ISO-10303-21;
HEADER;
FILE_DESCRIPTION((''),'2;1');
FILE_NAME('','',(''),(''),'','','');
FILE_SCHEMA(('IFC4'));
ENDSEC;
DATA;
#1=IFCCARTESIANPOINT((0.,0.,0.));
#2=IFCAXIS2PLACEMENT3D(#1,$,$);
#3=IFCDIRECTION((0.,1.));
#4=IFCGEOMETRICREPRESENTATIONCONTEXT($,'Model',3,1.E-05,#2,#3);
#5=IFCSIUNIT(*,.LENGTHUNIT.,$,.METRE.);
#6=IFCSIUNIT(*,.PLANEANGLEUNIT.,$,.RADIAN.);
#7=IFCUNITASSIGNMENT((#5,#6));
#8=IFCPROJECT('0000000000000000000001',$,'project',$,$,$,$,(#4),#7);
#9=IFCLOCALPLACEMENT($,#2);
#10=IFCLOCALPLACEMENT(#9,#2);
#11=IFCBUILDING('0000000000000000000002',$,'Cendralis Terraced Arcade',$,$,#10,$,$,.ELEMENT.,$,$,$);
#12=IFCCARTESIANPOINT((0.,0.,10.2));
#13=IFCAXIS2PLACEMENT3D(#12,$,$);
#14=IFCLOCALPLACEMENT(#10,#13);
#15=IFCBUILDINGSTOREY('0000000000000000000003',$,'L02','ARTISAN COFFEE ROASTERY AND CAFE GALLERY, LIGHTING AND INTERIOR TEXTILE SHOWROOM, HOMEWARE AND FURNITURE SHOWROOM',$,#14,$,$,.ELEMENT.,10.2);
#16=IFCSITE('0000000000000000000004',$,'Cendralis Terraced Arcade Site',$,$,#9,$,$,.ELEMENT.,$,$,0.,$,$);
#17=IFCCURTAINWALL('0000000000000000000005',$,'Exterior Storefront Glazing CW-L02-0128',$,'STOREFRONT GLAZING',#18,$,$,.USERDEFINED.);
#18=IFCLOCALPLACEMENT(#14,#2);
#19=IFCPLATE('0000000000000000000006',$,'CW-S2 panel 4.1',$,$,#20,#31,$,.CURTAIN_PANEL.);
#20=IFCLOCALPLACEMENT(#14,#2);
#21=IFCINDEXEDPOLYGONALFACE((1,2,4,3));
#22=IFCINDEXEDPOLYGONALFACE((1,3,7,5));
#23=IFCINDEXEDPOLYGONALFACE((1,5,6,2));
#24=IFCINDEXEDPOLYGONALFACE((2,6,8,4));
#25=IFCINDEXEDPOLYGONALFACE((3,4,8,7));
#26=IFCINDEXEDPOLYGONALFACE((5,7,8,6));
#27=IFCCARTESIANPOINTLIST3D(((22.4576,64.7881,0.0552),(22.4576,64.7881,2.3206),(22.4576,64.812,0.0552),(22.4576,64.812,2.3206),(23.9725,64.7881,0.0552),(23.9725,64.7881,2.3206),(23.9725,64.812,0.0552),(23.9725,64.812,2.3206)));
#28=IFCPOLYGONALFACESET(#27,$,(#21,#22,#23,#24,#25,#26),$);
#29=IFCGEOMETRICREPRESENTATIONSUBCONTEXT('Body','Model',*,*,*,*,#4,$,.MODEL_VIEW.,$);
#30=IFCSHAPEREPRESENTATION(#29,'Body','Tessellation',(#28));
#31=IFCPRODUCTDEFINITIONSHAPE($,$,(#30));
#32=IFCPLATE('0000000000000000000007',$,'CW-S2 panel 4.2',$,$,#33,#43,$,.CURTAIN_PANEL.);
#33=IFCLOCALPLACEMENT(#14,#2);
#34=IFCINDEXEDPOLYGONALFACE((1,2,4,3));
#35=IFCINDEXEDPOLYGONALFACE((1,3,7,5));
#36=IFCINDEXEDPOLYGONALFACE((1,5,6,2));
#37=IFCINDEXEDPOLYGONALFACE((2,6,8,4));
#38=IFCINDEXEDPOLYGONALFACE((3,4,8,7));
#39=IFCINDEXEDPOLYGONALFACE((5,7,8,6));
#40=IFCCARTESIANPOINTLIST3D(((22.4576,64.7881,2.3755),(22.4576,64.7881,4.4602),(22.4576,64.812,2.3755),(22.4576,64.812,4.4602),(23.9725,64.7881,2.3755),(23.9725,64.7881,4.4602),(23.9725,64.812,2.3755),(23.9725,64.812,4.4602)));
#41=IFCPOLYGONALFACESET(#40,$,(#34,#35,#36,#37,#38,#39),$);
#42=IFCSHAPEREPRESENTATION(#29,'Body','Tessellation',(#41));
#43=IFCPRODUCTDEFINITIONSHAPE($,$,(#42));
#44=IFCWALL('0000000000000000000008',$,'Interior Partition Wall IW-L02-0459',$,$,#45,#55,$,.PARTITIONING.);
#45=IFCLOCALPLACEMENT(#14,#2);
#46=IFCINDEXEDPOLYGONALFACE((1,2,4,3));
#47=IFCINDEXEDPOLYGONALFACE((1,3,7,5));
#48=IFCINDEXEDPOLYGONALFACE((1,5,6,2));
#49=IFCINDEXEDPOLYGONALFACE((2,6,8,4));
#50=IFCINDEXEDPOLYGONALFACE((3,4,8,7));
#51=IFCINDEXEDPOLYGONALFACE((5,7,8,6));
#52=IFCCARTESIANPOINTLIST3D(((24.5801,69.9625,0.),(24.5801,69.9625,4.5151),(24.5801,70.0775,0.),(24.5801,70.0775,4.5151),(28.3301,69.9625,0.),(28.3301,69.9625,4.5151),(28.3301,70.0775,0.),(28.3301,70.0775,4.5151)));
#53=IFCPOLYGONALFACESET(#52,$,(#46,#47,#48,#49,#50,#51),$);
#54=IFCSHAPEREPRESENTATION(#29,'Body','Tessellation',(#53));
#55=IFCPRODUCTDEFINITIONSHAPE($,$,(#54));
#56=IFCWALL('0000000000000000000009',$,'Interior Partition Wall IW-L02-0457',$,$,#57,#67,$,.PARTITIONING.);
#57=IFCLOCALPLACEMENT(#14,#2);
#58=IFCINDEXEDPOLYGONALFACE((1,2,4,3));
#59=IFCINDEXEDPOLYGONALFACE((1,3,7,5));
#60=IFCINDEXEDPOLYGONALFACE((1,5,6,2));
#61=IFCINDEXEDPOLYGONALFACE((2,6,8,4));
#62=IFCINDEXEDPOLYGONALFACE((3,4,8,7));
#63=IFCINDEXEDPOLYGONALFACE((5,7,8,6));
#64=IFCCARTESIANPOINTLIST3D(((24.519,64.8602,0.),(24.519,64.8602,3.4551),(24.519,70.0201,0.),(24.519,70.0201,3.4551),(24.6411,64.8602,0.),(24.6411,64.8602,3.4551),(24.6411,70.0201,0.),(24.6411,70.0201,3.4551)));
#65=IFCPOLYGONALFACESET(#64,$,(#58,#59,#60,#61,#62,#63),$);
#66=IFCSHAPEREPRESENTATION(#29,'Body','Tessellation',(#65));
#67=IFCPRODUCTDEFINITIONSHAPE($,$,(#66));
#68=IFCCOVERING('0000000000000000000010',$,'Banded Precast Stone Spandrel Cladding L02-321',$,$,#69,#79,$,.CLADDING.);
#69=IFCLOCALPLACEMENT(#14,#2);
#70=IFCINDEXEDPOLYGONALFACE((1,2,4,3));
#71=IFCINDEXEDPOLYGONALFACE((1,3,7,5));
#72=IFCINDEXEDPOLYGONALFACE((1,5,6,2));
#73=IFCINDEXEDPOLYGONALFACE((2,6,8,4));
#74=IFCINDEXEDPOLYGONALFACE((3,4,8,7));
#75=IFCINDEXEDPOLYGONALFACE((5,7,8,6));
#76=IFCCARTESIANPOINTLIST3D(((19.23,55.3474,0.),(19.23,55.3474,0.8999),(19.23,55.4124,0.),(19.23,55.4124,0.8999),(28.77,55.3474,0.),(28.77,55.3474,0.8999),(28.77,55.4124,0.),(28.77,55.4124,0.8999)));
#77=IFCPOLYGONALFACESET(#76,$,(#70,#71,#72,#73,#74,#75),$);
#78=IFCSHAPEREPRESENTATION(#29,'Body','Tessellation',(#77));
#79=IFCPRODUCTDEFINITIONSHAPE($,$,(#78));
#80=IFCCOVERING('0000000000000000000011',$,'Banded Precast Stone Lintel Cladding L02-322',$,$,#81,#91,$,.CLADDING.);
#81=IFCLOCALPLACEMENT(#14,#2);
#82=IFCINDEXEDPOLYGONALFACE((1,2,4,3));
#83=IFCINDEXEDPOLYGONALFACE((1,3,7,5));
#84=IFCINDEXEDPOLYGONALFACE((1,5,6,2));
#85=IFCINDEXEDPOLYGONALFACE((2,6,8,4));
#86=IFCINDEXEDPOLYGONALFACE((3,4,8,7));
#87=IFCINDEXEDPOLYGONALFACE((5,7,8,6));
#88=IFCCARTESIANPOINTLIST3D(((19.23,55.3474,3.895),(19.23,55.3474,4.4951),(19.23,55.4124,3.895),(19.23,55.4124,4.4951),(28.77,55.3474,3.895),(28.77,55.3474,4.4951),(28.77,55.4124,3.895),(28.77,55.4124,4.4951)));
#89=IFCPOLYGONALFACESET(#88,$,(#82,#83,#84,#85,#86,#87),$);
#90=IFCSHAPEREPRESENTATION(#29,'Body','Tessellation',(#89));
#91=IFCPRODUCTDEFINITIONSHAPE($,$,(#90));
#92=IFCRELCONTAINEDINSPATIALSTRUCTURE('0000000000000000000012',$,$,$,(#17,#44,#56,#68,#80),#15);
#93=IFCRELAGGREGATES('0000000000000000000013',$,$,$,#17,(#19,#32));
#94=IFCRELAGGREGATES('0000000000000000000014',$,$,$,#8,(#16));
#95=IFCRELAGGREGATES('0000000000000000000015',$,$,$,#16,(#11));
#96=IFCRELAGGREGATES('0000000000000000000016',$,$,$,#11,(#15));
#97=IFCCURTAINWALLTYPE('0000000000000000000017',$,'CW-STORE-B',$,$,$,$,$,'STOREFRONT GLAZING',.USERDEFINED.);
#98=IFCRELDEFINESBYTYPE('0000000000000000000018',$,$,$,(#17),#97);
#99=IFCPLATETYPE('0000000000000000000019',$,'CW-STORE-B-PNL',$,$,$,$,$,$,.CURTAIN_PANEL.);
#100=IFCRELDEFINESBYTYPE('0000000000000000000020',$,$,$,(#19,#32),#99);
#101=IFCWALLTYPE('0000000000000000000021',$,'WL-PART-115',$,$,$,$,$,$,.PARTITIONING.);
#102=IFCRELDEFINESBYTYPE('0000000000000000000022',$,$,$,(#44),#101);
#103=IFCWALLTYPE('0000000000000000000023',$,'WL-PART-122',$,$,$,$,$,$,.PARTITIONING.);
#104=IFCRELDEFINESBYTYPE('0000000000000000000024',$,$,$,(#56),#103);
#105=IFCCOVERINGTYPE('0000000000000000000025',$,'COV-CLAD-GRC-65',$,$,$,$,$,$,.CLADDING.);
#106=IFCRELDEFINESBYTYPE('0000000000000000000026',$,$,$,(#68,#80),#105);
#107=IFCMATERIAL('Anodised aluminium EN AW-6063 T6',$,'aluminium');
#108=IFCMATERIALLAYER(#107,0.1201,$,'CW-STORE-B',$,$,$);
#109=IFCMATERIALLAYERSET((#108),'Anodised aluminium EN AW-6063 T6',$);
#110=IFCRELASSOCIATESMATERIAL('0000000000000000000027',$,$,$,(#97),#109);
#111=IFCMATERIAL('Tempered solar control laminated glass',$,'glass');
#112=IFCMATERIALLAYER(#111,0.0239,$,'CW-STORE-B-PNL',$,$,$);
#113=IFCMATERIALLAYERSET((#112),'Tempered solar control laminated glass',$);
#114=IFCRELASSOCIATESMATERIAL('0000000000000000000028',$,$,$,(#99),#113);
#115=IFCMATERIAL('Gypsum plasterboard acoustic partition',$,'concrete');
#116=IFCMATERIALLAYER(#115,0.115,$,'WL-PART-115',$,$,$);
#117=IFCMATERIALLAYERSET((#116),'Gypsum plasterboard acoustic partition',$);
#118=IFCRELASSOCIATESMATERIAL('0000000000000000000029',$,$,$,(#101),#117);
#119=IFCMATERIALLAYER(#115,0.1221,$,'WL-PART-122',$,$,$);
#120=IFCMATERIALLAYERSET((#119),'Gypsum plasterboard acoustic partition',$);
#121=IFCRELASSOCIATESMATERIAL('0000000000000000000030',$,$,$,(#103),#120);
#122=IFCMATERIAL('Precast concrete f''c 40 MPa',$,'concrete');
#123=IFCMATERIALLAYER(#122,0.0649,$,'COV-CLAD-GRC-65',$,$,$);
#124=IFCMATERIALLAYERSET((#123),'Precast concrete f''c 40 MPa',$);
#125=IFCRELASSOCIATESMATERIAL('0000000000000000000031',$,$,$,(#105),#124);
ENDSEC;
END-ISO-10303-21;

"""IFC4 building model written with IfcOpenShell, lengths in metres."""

from ifc_helpers import new_model, si_unit, direction, frame, frame_2d, origin, origin_2d, place, context, subcontext, project, spatial, rectangle, extrude, material, layer, layer_set, type_object, element, aggregate, save


model = new_model("IFC4")

# Units and contexts
model_context = context("Model", 3, precision=1e-05, world=origin(), true_north=direction((0.0, 1.0)))
body_context = subcontext(model_context, "Body", "Model", "MODEL_VIEW")
ifc_project = project(units=[si_unit("LENGTHUNIT", "METRE"), si_unit("PLANEANGLEUNIT", "RADIAN")], contexts=[model_context])

# Site, building, storey
site_placement = place(None, origin())
site = spatial("IfcSite", under=ifc_project, at=site_placement, Name="Cendralis Terraced Arcade Site", CompositionType="ELEMENT", RefElevation=0.0)
building_placement = place(site_placement, origin())
building = spatial("IfcBuilding", under=site, at=building_placement, Name="Cendralis Terraced Arcade", CompositionType="ELEMENT")
storey_placement = place(building_placement, frame((0.0, 0.0, 10.2)))
storey = spatial("IfcBuildingStorey", under=building, at=storey_placement, Name="L02", Description="ARTISAN COFFEE ROASTERY AND CAFE GALLERY, LIGHTING AND INTERIOR TEXTILE SHOWROOM, HOMEWARE AND FURNITURE SHOWROOM", CompositionType="ELEMENT", Elevation=10.2)

# Curtain wall, plates
ifc_material_1 = material(Name="Anodised aluminium EN AW-6063 T6", Category="aluminium")
ifc_layer_1 = layer(ifc_material_1, 0.1201, Name="CW-STORE-B")
ifc_layer_set_1 = layer_set([ifc_layer_1], Name="Anodised aluminium EN AW-6063 T6")
curtain_wall_type = type_object("IfcCurtainWallType", Name="CW-STORE-B", ElementType="STOREFRONT GLAZING", PredefinedType="USERDEFINED", material=ifc_layer_set_1)
curtain_wall_placement = place(storey_placement, origin())
curtain_wall = element("IfcCurtainWall", 1, at=curtain_wall_placement, inside=storey, type_object=curtain_wall_type, Name="Exterior Storefront Glazing CW-L02-0128", ObjectType="STOREFRONT GLAZING", PredefinedType="USERDEFINED")
ifc_material_2 = material(Name="Tempered solar control laminated glass", Category="glass")
ifc_layer_2 = layer(ifc_material_2, 0.0239, Name="CW-STORE-B-PNL")
ifc_layer_set_2 = layer_set([ifc_layer_2], Name="Tempered solar control laminated glass")
plate_type = type_object("IfcPlateType", Name="CW-STORE-B-PNL", PredefinedType="CURTAIN_PANEL", material=ifc_layer_set_2)
plate_1_placement = place(storey_placement, frame((23.2151, 64.8, 0.0552), z_axis=(0.0, 0.0, 1.0), x_axis=(-1.0, 0.0, 0.0)))
plate_1 = element("IfcPlate", 2, at=plate_1_placement, type_object=plate_type, Name="CW-S2 panel 4.1", PredefinedType="CURTAIN_PANEL", context=body_context, shape_type="SweptSolid", body=[
    extrude(rectangle(XDim=1.5149, YDim=0.0239, at=origin_2d()), origin(), (0.0, 0.0, 1.0), 2.2654),
])
plate_2_placement = place(storey_placement, frame((23.2151, 64.8, 2.3755), z_axis=(0.0, 0.0, 1.0), x_axis=(-1.0, 0.0, 0.0)))
plate_2 = element("IfcPlate", 3, at=plate_2_placement, type_object=plate_type, Name="CW-S2 panel 4.2", PredefinedType="CURTAIN_PANEL", context=body_context, shape_type="SweptSolid", body=[
    extrude(rectangle(XDim=1.5149, YDim=0.0239, at=origin_2d()), origin(), (0.0, 0.0, 1.0), 2.0847),
])
aggregate(curtain_wall, [plate_1, plate_2])

# Walls
ifc_material_3 = material(Name="Gypsum plasterboard acoustic partition", Category="concrete")
ifc_layer_3 = layer(ifc_material_3, 0.115, Name="WL-PART-115")
ifc_layer_set_3 = layer_set([ifc_layer_3], Name="Gypsum plasterboard acoustic partition")
wall_type_1 = type_object("IfcWallType", Name="WL-PART-115", PredefinedType="PARTITIONING", material=ifc_layer_set_3)
wall_1_placement = place(storey_placement, frame((24.5801, 70.02, 0.0), z_axis=(0.0, 0.0, 1.0), x_axis=(1.0, 0.0, 0.0)))
element("IfcWall", 4, at=wall_1_placement, inside=storey, type_object=wall_type_1, Name="Interior Partition Wall IW-L02-0459", PredefinedType="PARTITIONING", context=body_context, shape_type="SweptSolid", body=[
    extrude(rectangle(XDim=3.75, YDim=0.115, at=frame_2d((1.875, 0.0))), origin(), (0.0, 0.0, 1.0), 4.5151),
])
ifc_layer_4 = layer(ifc_material_3, 0.1221, Name="WL-PART-122")
ifc_layer_set_4 = layer_set([ifc_layer_4], Name="Gypsum plasterboard acoustic partition")
wall_type_2 = type_object("IfcWallType", Name="WL-PART-122", PredefinedType="PARTITIONING", material=ifc_layer_set_4)
wall_2_placement = place(storey_placement, frame((24.5801, 64.8601, 0.0), z_axis=(0.0, 0.0, 1.0), x_axis=(0.0, 1.0, 0.0)))
element("IfcWall", 5, at=wall_2_placement, inside=storey, type_object=wall_type_2, Name="Interior Partition Wall IW-L02-0457", PredefinedType="PARTITIONING", context=body_context, shape_type="SweptSolid", body=[
    extrude(rectangle(XDim=5.1599, YDim=0.1221, at=frame_2d((2.5801, 0.0))), origin(), (0.0, 0.0, 1.0), 3.4551),
])

# Coverings
ifc_material_4 = material(Name="Precast concrete f'c 40 MPa", Category="concrete")
ifc_layer_5 = layer(ifc_material_4, 0.0649, Name="COV-CLAD-GRC-65")
ifc_layer_set_5 = layer_set([ifc_layer_5], Name="Precast concrete f'c 40 MPa")
covering_type = type_object("IfcCoveringType", Name="COV-CLAD-GRC-65", PredefinedType="CLADDING", material=ifc_layer_set_5)
covering_1_placement = place(storey_placement, frame((24.0, 55.3799, 0.0), z_axis=(0.0, 0.0, 1.0), x_axis=(1.0, 0.0, 0.0)))
element("IfcCovering", 6, at=covering_1_placement, inside=storey, type_object=covering_type, Name="Banded Precast Stone Spandrel Cladding L02-321", PredefinedType="CLADDING", context=body_context, shape_type="SweptSolid", body=[
    extrude(rectangle(XDim=9.54, YDim=0.0649, at=origin_2d()), origin(), (0.0, 0.0, 1.0), 0.8999),
])
covering_2_placement = place(storey_placement, frame((24.0, 55.3799, 3.895), z_axis=(0.0, 0.0, 1.0), x_axis=(1.0, 0.0, 0.0)))
element("IfcCovering", 7, at=covering_2_placement, inside=storey, type_object=covering_type, Name="Banded Precast Stone Lintel Cladding L02-322", PredefinedType="CLADDING", context=body_context, shape_type="SweptSolid", body=[
    extrude(rectangle(XDim=9.54, YDim=0.0649, at=origin_2d()), origin(), (0.0, 0.0, 1.0), 0.6001),
])

save(model, "model.ifc")
